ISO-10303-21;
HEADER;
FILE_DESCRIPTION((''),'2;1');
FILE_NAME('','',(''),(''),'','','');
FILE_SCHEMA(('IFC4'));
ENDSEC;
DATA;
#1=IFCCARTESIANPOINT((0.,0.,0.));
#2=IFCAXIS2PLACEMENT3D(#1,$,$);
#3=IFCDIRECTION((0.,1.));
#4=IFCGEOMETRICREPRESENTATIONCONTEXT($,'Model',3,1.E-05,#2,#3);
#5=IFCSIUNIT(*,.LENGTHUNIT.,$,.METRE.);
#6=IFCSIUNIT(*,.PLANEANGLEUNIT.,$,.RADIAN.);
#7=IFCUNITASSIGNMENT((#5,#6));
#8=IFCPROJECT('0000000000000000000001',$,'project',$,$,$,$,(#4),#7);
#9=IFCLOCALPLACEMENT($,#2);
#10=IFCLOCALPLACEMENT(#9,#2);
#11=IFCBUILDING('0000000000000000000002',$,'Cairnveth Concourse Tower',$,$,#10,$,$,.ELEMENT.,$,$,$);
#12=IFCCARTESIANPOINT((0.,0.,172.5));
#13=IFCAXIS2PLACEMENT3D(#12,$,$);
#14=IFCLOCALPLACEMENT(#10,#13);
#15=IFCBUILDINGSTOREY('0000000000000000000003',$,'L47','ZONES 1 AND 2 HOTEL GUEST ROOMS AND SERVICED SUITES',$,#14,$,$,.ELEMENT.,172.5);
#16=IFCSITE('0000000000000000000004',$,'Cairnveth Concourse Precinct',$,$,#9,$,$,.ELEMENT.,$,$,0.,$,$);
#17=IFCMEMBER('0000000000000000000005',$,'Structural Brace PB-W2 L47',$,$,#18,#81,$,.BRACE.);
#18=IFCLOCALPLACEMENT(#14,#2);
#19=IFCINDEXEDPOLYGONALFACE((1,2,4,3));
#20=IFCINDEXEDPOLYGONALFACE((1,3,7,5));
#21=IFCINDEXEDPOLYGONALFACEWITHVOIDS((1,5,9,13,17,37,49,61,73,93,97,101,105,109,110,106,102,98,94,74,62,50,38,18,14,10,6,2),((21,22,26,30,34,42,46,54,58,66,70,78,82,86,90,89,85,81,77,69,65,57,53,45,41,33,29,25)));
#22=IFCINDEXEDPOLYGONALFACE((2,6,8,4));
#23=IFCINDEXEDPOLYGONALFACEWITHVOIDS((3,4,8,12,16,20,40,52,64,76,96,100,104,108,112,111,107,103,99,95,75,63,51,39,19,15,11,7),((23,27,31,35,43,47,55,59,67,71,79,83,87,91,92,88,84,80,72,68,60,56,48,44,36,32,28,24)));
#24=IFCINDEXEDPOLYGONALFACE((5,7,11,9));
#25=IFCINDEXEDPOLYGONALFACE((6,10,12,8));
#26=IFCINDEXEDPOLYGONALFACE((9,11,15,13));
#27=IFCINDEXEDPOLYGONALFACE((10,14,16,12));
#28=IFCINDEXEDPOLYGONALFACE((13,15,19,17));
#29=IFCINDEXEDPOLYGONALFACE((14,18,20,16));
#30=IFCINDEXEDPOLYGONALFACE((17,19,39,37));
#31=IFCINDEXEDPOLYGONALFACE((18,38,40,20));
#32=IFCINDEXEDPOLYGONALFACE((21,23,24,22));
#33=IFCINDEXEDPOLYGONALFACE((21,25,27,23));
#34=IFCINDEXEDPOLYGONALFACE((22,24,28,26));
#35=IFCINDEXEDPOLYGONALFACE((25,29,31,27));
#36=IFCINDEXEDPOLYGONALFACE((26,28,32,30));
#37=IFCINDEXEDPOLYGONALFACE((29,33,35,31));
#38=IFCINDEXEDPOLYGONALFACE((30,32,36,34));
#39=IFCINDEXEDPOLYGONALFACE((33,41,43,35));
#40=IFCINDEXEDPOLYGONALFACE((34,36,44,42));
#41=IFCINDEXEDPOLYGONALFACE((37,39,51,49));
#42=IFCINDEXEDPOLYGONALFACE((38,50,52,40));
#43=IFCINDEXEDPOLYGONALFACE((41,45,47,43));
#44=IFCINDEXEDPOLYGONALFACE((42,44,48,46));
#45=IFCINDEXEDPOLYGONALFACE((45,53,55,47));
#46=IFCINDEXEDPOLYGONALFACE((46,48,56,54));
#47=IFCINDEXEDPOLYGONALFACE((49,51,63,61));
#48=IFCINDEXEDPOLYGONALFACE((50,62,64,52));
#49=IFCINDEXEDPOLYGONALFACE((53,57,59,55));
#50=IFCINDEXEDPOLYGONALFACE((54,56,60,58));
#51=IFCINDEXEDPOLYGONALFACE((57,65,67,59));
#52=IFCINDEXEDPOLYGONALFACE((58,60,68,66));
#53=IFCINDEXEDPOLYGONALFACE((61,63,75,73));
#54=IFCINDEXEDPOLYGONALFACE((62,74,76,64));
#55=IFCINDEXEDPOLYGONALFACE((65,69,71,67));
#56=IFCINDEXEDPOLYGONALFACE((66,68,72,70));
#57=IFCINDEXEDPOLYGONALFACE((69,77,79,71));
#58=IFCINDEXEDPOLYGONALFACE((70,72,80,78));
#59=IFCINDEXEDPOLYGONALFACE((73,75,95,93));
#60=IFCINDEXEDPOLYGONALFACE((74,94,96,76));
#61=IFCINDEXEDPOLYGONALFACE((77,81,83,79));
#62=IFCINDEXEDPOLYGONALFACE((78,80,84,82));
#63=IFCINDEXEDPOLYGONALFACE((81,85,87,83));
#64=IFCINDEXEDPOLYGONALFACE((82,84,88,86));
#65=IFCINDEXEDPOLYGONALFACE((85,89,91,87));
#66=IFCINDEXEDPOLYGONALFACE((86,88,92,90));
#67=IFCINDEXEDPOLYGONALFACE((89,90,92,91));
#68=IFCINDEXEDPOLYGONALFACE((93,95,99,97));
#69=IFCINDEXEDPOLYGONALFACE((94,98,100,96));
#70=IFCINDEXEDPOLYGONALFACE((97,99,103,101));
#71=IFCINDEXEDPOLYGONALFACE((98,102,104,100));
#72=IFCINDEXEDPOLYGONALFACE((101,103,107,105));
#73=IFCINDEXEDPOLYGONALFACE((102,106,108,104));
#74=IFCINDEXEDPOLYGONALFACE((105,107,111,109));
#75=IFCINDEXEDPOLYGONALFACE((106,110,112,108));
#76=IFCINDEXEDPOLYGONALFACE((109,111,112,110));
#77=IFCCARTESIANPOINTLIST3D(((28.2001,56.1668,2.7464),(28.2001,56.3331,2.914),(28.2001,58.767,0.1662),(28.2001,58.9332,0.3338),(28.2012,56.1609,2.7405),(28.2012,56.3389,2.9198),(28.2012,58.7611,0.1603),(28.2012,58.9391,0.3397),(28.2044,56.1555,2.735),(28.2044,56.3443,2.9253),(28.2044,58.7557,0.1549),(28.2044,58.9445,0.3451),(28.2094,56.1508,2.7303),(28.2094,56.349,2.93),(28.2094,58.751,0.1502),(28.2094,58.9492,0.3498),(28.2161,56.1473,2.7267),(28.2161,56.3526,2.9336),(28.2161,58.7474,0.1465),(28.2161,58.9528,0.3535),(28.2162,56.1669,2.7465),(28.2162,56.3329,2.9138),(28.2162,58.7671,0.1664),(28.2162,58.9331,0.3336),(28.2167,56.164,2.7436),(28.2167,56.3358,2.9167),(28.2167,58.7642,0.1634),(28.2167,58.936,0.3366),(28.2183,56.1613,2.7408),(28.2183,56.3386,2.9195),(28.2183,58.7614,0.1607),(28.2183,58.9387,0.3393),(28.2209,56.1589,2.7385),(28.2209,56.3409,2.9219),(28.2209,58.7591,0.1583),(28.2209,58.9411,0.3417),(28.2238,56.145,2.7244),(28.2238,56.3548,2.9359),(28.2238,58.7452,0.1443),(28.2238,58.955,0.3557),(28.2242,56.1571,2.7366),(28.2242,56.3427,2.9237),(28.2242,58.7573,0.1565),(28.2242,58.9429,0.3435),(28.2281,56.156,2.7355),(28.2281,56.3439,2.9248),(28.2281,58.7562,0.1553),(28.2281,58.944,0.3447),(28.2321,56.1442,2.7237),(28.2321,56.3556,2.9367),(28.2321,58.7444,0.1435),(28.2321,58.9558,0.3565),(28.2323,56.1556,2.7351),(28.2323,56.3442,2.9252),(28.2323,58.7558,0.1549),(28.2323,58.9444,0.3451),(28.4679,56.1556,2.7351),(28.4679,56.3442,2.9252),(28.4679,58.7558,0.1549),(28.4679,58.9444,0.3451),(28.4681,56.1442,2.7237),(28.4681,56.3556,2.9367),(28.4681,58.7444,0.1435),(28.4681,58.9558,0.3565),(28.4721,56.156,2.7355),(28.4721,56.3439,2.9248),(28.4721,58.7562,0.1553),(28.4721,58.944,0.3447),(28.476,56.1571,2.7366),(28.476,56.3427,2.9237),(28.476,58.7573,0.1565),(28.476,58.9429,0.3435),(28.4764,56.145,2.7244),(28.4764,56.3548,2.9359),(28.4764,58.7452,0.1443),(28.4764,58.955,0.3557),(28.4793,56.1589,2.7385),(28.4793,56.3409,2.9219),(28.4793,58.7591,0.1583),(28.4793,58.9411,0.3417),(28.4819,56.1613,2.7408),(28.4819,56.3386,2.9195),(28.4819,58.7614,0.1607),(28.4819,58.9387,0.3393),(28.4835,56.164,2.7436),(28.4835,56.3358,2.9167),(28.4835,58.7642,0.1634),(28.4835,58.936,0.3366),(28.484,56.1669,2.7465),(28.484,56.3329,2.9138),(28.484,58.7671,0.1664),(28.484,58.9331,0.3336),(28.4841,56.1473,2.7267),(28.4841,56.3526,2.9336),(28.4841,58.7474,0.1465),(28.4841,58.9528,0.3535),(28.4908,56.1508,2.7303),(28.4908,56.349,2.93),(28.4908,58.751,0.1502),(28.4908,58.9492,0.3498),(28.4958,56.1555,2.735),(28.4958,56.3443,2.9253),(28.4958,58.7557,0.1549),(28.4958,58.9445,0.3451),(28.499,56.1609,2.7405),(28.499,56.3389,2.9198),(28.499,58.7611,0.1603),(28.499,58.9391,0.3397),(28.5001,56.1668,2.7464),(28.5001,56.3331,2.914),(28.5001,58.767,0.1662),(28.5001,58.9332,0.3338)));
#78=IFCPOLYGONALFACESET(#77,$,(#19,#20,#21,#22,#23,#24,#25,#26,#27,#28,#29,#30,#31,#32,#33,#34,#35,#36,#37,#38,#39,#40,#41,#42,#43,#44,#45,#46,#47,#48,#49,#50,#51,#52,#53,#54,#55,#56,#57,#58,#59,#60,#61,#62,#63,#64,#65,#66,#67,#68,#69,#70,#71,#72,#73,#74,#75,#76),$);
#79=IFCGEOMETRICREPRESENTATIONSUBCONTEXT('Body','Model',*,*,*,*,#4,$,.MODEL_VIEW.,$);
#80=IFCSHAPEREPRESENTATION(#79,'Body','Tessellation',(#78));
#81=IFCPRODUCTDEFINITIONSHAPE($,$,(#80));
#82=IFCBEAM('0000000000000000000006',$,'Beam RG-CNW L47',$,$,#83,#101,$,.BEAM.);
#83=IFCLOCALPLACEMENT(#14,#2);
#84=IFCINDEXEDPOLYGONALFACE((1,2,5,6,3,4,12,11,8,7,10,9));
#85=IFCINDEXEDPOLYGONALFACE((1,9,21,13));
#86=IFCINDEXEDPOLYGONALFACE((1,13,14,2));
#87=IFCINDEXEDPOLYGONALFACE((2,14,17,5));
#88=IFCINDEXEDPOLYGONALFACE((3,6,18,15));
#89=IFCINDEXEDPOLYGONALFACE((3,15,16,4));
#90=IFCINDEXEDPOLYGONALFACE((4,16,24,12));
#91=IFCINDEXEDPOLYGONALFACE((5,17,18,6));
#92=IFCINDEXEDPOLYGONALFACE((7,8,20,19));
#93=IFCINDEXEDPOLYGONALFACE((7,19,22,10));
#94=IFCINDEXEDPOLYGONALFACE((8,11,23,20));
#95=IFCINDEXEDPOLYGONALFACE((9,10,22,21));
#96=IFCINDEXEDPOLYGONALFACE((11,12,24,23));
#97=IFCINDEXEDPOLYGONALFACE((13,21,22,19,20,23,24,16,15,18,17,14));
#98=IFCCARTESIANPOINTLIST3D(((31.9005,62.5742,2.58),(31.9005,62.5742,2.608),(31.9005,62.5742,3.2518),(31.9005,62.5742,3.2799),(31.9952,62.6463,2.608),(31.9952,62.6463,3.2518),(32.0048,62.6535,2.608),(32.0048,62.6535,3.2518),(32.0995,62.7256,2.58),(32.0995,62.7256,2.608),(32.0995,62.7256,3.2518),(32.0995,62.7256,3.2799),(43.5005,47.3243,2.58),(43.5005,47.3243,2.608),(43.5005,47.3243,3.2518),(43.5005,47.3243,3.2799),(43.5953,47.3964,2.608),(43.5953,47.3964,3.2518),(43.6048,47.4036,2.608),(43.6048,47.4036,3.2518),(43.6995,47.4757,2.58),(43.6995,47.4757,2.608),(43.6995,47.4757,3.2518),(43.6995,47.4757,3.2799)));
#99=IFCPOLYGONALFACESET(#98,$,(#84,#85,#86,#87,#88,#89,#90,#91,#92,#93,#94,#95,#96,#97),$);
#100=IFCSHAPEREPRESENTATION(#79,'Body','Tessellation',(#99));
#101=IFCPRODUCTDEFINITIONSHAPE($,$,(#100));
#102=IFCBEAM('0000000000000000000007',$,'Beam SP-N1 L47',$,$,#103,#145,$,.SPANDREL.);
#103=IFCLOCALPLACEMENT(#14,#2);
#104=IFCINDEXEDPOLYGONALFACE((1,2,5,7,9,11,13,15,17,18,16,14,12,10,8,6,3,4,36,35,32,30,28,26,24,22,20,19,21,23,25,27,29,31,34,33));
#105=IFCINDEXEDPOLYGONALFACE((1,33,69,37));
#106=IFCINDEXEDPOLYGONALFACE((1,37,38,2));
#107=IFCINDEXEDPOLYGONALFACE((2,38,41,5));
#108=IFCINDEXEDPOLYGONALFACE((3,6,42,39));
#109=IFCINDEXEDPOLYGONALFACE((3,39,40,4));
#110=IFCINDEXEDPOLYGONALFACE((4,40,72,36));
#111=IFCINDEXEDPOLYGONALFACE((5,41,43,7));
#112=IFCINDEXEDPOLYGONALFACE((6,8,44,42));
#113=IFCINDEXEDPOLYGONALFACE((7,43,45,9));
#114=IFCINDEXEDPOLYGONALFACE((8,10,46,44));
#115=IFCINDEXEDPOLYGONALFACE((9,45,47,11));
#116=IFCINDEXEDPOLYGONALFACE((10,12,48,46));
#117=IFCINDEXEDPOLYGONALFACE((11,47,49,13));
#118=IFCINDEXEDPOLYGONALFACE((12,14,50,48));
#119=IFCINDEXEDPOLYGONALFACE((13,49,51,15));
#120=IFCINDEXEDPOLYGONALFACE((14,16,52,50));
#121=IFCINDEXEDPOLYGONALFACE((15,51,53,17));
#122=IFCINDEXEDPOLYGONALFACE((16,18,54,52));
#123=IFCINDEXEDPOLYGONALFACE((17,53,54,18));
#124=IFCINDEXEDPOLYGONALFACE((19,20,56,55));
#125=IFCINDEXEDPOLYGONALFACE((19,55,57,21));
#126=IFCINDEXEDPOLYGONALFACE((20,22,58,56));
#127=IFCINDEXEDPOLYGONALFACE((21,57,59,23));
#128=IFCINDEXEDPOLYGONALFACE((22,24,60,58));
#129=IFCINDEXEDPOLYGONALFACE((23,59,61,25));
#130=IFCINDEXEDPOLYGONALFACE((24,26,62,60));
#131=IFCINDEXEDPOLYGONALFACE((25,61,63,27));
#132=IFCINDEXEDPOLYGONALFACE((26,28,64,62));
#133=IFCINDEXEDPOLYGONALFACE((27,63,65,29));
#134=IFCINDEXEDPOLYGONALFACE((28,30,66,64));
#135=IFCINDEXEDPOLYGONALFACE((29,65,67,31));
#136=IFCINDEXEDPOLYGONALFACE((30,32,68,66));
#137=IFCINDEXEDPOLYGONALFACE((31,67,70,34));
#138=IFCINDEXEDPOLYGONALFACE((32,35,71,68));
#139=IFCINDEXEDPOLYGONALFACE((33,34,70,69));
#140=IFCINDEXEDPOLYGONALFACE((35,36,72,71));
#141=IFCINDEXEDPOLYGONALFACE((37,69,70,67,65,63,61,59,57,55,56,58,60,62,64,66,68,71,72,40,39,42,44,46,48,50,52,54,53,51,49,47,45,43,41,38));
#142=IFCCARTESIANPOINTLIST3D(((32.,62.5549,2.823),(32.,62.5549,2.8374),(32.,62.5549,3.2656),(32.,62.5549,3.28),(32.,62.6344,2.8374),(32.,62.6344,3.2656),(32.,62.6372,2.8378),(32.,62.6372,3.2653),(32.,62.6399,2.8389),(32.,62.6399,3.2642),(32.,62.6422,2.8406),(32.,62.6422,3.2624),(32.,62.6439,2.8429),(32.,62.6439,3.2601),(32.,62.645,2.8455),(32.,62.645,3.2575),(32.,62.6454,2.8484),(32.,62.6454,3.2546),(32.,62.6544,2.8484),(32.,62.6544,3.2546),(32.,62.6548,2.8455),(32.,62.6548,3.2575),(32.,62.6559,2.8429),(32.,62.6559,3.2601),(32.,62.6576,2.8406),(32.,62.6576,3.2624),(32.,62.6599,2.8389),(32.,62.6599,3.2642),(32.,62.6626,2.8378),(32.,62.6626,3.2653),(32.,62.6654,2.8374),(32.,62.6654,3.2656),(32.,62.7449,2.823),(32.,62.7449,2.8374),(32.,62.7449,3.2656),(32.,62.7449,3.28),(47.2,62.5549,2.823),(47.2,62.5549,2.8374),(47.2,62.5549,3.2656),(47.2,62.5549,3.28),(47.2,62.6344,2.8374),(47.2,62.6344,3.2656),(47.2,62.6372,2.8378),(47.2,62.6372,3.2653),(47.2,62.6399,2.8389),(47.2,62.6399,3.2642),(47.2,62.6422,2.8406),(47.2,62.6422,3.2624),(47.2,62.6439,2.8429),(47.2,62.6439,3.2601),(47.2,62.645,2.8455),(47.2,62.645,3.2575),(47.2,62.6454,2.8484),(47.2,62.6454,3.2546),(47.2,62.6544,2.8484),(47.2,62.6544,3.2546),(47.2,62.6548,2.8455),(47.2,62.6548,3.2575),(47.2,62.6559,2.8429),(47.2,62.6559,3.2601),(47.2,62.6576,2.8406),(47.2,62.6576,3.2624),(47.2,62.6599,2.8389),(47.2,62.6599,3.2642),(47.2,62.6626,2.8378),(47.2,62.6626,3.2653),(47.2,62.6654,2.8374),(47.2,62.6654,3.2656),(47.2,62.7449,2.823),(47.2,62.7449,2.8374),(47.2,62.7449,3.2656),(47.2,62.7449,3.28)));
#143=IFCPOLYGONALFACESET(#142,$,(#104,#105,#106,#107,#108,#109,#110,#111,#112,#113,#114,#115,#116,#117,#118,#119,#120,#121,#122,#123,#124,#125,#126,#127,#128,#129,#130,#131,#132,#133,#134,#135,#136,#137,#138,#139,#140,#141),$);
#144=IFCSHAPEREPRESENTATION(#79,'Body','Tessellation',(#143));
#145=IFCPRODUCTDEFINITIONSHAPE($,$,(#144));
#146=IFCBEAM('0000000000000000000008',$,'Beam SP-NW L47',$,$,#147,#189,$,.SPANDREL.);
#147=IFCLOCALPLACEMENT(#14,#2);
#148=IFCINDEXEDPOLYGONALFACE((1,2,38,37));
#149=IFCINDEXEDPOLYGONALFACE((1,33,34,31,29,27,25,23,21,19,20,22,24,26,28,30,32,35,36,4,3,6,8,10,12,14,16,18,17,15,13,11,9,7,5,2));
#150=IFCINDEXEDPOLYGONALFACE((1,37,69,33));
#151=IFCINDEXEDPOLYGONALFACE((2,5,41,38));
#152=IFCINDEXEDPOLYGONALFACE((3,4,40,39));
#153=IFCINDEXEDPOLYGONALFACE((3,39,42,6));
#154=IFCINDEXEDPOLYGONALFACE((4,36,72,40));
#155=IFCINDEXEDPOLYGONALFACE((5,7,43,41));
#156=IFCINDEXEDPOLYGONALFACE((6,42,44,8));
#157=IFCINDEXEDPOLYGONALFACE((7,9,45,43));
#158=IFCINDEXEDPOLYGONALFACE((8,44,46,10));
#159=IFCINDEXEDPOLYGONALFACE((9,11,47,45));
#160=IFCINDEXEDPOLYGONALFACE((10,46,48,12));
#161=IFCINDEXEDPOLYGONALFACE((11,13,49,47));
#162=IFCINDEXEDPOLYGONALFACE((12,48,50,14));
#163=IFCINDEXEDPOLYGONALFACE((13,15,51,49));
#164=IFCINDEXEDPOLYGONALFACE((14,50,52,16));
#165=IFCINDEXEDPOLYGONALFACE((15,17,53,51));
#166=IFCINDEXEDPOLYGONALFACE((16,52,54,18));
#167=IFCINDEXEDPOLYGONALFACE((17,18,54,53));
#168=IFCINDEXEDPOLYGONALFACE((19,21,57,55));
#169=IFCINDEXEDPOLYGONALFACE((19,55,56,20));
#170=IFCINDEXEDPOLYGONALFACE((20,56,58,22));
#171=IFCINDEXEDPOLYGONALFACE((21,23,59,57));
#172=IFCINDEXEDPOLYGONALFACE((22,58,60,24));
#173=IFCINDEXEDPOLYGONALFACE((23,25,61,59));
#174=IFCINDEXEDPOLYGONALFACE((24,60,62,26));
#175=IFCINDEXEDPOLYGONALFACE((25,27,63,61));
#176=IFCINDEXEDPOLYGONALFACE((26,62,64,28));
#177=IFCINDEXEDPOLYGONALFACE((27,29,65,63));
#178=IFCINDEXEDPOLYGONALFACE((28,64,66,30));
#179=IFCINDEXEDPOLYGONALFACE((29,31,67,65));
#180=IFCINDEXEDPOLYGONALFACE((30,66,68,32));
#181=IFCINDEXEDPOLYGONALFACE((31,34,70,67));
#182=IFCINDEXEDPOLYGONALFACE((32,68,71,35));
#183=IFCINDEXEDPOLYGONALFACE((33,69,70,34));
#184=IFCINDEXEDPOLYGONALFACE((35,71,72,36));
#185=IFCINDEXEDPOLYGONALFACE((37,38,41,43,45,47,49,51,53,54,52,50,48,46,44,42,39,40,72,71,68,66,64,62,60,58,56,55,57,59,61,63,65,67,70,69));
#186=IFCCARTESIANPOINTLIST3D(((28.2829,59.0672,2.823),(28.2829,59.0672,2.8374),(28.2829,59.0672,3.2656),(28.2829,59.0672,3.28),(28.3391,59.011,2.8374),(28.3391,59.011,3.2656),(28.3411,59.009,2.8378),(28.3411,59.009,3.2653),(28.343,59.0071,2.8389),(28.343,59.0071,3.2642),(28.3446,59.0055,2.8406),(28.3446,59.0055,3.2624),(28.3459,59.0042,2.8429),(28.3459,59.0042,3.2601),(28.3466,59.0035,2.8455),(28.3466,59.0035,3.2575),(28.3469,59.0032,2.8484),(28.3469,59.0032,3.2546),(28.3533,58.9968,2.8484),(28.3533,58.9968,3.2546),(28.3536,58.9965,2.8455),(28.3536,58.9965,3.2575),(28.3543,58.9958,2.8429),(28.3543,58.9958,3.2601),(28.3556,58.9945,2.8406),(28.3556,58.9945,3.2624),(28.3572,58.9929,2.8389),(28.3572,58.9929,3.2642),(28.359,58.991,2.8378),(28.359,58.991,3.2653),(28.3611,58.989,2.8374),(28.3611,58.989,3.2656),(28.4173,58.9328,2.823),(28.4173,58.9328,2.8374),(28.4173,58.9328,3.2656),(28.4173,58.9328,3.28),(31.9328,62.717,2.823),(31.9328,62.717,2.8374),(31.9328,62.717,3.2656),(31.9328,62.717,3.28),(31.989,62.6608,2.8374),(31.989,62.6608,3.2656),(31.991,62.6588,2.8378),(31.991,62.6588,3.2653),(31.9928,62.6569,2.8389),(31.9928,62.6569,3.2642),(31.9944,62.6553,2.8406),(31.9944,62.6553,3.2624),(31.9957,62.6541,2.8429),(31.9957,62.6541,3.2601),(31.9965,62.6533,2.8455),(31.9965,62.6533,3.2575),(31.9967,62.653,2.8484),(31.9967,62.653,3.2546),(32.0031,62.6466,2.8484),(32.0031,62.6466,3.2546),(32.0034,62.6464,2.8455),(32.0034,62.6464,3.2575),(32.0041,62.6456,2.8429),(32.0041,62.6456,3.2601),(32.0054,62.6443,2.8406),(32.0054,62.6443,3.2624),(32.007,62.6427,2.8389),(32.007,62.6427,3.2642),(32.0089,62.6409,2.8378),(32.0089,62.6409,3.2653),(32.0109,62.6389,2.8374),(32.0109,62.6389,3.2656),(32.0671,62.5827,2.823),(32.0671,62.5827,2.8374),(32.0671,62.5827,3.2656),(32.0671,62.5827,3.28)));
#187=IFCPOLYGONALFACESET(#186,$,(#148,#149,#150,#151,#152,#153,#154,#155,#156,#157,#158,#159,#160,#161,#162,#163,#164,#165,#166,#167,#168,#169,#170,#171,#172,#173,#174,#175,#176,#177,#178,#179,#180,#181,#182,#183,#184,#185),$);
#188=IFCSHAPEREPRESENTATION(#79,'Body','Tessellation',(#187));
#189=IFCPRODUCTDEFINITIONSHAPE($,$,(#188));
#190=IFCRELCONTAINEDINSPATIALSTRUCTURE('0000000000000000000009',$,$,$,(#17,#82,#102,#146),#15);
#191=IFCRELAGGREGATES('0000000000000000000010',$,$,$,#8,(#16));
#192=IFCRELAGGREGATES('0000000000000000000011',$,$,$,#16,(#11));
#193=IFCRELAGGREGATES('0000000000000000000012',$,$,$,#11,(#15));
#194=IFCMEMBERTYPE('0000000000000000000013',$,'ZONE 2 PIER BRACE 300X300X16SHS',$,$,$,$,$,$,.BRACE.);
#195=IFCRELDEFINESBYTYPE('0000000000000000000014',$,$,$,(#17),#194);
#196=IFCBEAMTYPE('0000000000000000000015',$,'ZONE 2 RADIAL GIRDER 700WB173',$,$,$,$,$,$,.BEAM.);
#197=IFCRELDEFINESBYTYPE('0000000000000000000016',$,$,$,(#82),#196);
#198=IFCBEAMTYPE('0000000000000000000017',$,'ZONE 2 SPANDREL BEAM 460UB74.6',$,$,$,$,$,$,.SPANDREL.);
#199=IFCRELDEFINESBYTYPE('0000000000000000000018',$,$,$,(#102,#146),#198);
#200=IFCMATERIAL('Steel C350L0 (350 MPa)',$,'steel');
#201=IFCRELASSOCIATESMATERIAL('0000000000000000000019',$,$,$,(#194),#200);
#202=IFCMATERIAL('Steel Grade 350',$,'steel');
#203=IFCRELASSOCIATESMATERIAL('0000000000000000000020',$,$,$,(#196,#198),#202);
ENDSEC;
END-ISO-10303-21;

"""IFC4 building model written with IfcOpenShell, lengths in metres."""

from ifc_helpers import new_model, si_unit, direction, frame, origin, origin_2d, place, context, subcontext, project, spatial, hollow_rectangle, i_section, extrude, material, material_profile, profile_set, type_object, element, save


model = new_model("IFC4")

# Units and contexts
model_context = context("Model", 3, precision=1e-05, world=origin(), true_north=direction((0.0, 1.0)))
body_context = subcontext(model_context, "Body", "Model", "MODEL_VIEW")
ifc_project = project(units=[si_unit("LENGTHUNIT", "METRE"), si_unit("PLANEANGLEUNIT", "RADIAN")], contexts=[model_context])

# Site, building, storey
site_placement = place(None, origin())
site = spatial("IfcSite", under=ifc_project, at=site_placement, Name="Cairnveth Concourse Precinct", CompositionType="ELEMENT", RefElevation=0.0)
building_placement = place(site_placement, origin())
building = spatial("IfcBuilding", under=site, at=building_placement, Name="Cairnveth Concourse Tower", CompositionType="ELEMENT")
storey_placement = place(building_placement, frame((0.0, 0.0, 172.5)))
storey = spatial("IfcBuildingStorey", under=building, at=storey_placement, Name="L47", Description="ZONES 1 AND 2 HOTEL GUEST ROOMS AND SERVICED SUITES", CompositionType="ELEMENT", Elevation=172.5)

# Shared definitions
ifc_material_1 = material(Name="Steel Grade 350", Category="steel")

# Member
ifc_material_2 = material(Name="Steel C350L0 (350 MPa)", Category="steel")
ifc_material_profile_1 = material_profile(ifc_material_2, hollow_rectangle(XDim=0.3, YDim=0.3, WallThickness=0.0161, InnerFilletRadius=0.0161, OuterFilletRadius=0.032, at=origin_2d()), Name="300x300x16.0SHS")
ifc_profile_set_1 = profile_set([ifc_material_profile_1], Name="Steel C350L0 (350 MPa)")
member_type = type_object("IfcMemberType", Name="ZONE 2 PIER BRACE 300X300X16SHS", PredefinedType="BRACE", material=ifc_profile_set_1)
for number, where, z_axis, x_axis, name in (
    (1, (28.3501, 58.8501, 0.25), (0.0, -0.709834, 0.704369), (1.0, 0.0, 0.0), "Structural Brace PB-W2 L47"),
):
    element("IfcMember", number, at=place(storey_placement, frame(where, z_axis=z_axis, x_axis=x_axis)), inside=storey, type_object=member_type, Name=name, PredefinedType="BRACE", context=body_context, shape_type="SweptSolid", body=[
        extrude(hollow_rectangle(XDim=0.3, YDim=0.3, WallThickness=0.0161, InnerFilletRadius=0.0161, OuterFilletRadius=0.032, at=origin_2d()), origin(), (0.0, 0.0, 1.0), 3.6631),
    ])

# Beams
ifc_material_profile_2 = material_profile(ifc_material_1, i_section(OverallWidth=0.25, OverallDepth=0.7, WebThickness=0.012, FlangeThickness=0.0281, at=origin_2d()), Name="700WB173")
ifc_profile_set_2 = profile_set([ifc_material_profile_2], Name="Steel Grade 350")
beam_type_1 = type_object("IfcBeamType", Name="ZONE 2 RADIAL GIRDER 700WB173", PredefinedType="BEAM", material=ifc_profile_set_2)
beam_1_placement = place(storey_placement, frame((32.0, 62.6499, 2.9299), z_axis=(0.605417, -0.795908, 0.0), x_axis=(0.795908, 0.605417, 0.0)))
element("IfcBeam", 2, at=beam_1_placement, inside=storey, type_object=beam_type_1, Name="Beam RG-CNW L47", PredefinedType="BEAM", context=body_context, shape_type="SweptSolid", body=[
    extrude(i_section(OverallWidth=0.25, OverallDepth=0.7, WebThickness=0.012, FlangeThickness=0.0281, at=origin_2d()), origin(), (0.0, 0.0, 1.0), 19.1604),
])
ifc_material_profile_3 = material_profile(ifc_material_1, i_section(OverallWidth=0.1899, OverallDepth=0.457, WebThickness=0.009, FlangeThickness=0.0144, FilletRadius=0.011, at=origin_2d()), Name="460UB74.6")
ifc_profile_set_3 = profile_set([ifc_material_profile_3], Name="Steel Grade 350")
beam_type_2 = type_object("IfcBeamType", Name="ZONE 2 SPANDREL BEAM 460UB74.6", PredefinedType="SPANDREL", material=ifc_profile_set_3)
beam_2_placement = place(storey_placement, frame((32.0, 62.6499, 3.0515), z_axis=(1.0, 0.0, 0.0), x_axis=(0.0, 1.0, 0.0)))
element("IfcBeam", 3, at=beam_2_placement, inside=storey, type_object=beam_type_2, Name="Beam SP-N1 L47", PredefinedType="SPANDREL", context=body_context, shape_type="SweptSolid", body=[
    extrude(i_section(OverallWidth=0.1899, OverallDepth=0.457, WebThickness=0.009, FlangeThickness=0.0144, FilletRadius=0.011, at=origin_2d()), origin(), (0.0, 0.0, 1.0), 15.2),
])
beam_3_placement = place(storey_placement, frame((28.3501, 59.0, 3.0515), z_axis=(0.707107, 0.707107, 0.0), x_axis=(-0.707107, 0.707107, 0.0)))
element("IfcBeam", 4, at=beam_3_placement, inside=storey, type_object=beam_type_2, Name="Beam SP-NW L47", PredefinedType="SPANDREL", context=body_context, shape_type="SweptSolid", body=[
    extrude(i_section(OverallWidth=0.1899, OverallDepth=0.457, WebThickness=0.009, FlangeThickness=0.0144, FilletRadius=0.011, at=origin_2d()), origin(), (0.0, 0.0, 1.0), 5.1616),
])

save(model, "model.ifc")
